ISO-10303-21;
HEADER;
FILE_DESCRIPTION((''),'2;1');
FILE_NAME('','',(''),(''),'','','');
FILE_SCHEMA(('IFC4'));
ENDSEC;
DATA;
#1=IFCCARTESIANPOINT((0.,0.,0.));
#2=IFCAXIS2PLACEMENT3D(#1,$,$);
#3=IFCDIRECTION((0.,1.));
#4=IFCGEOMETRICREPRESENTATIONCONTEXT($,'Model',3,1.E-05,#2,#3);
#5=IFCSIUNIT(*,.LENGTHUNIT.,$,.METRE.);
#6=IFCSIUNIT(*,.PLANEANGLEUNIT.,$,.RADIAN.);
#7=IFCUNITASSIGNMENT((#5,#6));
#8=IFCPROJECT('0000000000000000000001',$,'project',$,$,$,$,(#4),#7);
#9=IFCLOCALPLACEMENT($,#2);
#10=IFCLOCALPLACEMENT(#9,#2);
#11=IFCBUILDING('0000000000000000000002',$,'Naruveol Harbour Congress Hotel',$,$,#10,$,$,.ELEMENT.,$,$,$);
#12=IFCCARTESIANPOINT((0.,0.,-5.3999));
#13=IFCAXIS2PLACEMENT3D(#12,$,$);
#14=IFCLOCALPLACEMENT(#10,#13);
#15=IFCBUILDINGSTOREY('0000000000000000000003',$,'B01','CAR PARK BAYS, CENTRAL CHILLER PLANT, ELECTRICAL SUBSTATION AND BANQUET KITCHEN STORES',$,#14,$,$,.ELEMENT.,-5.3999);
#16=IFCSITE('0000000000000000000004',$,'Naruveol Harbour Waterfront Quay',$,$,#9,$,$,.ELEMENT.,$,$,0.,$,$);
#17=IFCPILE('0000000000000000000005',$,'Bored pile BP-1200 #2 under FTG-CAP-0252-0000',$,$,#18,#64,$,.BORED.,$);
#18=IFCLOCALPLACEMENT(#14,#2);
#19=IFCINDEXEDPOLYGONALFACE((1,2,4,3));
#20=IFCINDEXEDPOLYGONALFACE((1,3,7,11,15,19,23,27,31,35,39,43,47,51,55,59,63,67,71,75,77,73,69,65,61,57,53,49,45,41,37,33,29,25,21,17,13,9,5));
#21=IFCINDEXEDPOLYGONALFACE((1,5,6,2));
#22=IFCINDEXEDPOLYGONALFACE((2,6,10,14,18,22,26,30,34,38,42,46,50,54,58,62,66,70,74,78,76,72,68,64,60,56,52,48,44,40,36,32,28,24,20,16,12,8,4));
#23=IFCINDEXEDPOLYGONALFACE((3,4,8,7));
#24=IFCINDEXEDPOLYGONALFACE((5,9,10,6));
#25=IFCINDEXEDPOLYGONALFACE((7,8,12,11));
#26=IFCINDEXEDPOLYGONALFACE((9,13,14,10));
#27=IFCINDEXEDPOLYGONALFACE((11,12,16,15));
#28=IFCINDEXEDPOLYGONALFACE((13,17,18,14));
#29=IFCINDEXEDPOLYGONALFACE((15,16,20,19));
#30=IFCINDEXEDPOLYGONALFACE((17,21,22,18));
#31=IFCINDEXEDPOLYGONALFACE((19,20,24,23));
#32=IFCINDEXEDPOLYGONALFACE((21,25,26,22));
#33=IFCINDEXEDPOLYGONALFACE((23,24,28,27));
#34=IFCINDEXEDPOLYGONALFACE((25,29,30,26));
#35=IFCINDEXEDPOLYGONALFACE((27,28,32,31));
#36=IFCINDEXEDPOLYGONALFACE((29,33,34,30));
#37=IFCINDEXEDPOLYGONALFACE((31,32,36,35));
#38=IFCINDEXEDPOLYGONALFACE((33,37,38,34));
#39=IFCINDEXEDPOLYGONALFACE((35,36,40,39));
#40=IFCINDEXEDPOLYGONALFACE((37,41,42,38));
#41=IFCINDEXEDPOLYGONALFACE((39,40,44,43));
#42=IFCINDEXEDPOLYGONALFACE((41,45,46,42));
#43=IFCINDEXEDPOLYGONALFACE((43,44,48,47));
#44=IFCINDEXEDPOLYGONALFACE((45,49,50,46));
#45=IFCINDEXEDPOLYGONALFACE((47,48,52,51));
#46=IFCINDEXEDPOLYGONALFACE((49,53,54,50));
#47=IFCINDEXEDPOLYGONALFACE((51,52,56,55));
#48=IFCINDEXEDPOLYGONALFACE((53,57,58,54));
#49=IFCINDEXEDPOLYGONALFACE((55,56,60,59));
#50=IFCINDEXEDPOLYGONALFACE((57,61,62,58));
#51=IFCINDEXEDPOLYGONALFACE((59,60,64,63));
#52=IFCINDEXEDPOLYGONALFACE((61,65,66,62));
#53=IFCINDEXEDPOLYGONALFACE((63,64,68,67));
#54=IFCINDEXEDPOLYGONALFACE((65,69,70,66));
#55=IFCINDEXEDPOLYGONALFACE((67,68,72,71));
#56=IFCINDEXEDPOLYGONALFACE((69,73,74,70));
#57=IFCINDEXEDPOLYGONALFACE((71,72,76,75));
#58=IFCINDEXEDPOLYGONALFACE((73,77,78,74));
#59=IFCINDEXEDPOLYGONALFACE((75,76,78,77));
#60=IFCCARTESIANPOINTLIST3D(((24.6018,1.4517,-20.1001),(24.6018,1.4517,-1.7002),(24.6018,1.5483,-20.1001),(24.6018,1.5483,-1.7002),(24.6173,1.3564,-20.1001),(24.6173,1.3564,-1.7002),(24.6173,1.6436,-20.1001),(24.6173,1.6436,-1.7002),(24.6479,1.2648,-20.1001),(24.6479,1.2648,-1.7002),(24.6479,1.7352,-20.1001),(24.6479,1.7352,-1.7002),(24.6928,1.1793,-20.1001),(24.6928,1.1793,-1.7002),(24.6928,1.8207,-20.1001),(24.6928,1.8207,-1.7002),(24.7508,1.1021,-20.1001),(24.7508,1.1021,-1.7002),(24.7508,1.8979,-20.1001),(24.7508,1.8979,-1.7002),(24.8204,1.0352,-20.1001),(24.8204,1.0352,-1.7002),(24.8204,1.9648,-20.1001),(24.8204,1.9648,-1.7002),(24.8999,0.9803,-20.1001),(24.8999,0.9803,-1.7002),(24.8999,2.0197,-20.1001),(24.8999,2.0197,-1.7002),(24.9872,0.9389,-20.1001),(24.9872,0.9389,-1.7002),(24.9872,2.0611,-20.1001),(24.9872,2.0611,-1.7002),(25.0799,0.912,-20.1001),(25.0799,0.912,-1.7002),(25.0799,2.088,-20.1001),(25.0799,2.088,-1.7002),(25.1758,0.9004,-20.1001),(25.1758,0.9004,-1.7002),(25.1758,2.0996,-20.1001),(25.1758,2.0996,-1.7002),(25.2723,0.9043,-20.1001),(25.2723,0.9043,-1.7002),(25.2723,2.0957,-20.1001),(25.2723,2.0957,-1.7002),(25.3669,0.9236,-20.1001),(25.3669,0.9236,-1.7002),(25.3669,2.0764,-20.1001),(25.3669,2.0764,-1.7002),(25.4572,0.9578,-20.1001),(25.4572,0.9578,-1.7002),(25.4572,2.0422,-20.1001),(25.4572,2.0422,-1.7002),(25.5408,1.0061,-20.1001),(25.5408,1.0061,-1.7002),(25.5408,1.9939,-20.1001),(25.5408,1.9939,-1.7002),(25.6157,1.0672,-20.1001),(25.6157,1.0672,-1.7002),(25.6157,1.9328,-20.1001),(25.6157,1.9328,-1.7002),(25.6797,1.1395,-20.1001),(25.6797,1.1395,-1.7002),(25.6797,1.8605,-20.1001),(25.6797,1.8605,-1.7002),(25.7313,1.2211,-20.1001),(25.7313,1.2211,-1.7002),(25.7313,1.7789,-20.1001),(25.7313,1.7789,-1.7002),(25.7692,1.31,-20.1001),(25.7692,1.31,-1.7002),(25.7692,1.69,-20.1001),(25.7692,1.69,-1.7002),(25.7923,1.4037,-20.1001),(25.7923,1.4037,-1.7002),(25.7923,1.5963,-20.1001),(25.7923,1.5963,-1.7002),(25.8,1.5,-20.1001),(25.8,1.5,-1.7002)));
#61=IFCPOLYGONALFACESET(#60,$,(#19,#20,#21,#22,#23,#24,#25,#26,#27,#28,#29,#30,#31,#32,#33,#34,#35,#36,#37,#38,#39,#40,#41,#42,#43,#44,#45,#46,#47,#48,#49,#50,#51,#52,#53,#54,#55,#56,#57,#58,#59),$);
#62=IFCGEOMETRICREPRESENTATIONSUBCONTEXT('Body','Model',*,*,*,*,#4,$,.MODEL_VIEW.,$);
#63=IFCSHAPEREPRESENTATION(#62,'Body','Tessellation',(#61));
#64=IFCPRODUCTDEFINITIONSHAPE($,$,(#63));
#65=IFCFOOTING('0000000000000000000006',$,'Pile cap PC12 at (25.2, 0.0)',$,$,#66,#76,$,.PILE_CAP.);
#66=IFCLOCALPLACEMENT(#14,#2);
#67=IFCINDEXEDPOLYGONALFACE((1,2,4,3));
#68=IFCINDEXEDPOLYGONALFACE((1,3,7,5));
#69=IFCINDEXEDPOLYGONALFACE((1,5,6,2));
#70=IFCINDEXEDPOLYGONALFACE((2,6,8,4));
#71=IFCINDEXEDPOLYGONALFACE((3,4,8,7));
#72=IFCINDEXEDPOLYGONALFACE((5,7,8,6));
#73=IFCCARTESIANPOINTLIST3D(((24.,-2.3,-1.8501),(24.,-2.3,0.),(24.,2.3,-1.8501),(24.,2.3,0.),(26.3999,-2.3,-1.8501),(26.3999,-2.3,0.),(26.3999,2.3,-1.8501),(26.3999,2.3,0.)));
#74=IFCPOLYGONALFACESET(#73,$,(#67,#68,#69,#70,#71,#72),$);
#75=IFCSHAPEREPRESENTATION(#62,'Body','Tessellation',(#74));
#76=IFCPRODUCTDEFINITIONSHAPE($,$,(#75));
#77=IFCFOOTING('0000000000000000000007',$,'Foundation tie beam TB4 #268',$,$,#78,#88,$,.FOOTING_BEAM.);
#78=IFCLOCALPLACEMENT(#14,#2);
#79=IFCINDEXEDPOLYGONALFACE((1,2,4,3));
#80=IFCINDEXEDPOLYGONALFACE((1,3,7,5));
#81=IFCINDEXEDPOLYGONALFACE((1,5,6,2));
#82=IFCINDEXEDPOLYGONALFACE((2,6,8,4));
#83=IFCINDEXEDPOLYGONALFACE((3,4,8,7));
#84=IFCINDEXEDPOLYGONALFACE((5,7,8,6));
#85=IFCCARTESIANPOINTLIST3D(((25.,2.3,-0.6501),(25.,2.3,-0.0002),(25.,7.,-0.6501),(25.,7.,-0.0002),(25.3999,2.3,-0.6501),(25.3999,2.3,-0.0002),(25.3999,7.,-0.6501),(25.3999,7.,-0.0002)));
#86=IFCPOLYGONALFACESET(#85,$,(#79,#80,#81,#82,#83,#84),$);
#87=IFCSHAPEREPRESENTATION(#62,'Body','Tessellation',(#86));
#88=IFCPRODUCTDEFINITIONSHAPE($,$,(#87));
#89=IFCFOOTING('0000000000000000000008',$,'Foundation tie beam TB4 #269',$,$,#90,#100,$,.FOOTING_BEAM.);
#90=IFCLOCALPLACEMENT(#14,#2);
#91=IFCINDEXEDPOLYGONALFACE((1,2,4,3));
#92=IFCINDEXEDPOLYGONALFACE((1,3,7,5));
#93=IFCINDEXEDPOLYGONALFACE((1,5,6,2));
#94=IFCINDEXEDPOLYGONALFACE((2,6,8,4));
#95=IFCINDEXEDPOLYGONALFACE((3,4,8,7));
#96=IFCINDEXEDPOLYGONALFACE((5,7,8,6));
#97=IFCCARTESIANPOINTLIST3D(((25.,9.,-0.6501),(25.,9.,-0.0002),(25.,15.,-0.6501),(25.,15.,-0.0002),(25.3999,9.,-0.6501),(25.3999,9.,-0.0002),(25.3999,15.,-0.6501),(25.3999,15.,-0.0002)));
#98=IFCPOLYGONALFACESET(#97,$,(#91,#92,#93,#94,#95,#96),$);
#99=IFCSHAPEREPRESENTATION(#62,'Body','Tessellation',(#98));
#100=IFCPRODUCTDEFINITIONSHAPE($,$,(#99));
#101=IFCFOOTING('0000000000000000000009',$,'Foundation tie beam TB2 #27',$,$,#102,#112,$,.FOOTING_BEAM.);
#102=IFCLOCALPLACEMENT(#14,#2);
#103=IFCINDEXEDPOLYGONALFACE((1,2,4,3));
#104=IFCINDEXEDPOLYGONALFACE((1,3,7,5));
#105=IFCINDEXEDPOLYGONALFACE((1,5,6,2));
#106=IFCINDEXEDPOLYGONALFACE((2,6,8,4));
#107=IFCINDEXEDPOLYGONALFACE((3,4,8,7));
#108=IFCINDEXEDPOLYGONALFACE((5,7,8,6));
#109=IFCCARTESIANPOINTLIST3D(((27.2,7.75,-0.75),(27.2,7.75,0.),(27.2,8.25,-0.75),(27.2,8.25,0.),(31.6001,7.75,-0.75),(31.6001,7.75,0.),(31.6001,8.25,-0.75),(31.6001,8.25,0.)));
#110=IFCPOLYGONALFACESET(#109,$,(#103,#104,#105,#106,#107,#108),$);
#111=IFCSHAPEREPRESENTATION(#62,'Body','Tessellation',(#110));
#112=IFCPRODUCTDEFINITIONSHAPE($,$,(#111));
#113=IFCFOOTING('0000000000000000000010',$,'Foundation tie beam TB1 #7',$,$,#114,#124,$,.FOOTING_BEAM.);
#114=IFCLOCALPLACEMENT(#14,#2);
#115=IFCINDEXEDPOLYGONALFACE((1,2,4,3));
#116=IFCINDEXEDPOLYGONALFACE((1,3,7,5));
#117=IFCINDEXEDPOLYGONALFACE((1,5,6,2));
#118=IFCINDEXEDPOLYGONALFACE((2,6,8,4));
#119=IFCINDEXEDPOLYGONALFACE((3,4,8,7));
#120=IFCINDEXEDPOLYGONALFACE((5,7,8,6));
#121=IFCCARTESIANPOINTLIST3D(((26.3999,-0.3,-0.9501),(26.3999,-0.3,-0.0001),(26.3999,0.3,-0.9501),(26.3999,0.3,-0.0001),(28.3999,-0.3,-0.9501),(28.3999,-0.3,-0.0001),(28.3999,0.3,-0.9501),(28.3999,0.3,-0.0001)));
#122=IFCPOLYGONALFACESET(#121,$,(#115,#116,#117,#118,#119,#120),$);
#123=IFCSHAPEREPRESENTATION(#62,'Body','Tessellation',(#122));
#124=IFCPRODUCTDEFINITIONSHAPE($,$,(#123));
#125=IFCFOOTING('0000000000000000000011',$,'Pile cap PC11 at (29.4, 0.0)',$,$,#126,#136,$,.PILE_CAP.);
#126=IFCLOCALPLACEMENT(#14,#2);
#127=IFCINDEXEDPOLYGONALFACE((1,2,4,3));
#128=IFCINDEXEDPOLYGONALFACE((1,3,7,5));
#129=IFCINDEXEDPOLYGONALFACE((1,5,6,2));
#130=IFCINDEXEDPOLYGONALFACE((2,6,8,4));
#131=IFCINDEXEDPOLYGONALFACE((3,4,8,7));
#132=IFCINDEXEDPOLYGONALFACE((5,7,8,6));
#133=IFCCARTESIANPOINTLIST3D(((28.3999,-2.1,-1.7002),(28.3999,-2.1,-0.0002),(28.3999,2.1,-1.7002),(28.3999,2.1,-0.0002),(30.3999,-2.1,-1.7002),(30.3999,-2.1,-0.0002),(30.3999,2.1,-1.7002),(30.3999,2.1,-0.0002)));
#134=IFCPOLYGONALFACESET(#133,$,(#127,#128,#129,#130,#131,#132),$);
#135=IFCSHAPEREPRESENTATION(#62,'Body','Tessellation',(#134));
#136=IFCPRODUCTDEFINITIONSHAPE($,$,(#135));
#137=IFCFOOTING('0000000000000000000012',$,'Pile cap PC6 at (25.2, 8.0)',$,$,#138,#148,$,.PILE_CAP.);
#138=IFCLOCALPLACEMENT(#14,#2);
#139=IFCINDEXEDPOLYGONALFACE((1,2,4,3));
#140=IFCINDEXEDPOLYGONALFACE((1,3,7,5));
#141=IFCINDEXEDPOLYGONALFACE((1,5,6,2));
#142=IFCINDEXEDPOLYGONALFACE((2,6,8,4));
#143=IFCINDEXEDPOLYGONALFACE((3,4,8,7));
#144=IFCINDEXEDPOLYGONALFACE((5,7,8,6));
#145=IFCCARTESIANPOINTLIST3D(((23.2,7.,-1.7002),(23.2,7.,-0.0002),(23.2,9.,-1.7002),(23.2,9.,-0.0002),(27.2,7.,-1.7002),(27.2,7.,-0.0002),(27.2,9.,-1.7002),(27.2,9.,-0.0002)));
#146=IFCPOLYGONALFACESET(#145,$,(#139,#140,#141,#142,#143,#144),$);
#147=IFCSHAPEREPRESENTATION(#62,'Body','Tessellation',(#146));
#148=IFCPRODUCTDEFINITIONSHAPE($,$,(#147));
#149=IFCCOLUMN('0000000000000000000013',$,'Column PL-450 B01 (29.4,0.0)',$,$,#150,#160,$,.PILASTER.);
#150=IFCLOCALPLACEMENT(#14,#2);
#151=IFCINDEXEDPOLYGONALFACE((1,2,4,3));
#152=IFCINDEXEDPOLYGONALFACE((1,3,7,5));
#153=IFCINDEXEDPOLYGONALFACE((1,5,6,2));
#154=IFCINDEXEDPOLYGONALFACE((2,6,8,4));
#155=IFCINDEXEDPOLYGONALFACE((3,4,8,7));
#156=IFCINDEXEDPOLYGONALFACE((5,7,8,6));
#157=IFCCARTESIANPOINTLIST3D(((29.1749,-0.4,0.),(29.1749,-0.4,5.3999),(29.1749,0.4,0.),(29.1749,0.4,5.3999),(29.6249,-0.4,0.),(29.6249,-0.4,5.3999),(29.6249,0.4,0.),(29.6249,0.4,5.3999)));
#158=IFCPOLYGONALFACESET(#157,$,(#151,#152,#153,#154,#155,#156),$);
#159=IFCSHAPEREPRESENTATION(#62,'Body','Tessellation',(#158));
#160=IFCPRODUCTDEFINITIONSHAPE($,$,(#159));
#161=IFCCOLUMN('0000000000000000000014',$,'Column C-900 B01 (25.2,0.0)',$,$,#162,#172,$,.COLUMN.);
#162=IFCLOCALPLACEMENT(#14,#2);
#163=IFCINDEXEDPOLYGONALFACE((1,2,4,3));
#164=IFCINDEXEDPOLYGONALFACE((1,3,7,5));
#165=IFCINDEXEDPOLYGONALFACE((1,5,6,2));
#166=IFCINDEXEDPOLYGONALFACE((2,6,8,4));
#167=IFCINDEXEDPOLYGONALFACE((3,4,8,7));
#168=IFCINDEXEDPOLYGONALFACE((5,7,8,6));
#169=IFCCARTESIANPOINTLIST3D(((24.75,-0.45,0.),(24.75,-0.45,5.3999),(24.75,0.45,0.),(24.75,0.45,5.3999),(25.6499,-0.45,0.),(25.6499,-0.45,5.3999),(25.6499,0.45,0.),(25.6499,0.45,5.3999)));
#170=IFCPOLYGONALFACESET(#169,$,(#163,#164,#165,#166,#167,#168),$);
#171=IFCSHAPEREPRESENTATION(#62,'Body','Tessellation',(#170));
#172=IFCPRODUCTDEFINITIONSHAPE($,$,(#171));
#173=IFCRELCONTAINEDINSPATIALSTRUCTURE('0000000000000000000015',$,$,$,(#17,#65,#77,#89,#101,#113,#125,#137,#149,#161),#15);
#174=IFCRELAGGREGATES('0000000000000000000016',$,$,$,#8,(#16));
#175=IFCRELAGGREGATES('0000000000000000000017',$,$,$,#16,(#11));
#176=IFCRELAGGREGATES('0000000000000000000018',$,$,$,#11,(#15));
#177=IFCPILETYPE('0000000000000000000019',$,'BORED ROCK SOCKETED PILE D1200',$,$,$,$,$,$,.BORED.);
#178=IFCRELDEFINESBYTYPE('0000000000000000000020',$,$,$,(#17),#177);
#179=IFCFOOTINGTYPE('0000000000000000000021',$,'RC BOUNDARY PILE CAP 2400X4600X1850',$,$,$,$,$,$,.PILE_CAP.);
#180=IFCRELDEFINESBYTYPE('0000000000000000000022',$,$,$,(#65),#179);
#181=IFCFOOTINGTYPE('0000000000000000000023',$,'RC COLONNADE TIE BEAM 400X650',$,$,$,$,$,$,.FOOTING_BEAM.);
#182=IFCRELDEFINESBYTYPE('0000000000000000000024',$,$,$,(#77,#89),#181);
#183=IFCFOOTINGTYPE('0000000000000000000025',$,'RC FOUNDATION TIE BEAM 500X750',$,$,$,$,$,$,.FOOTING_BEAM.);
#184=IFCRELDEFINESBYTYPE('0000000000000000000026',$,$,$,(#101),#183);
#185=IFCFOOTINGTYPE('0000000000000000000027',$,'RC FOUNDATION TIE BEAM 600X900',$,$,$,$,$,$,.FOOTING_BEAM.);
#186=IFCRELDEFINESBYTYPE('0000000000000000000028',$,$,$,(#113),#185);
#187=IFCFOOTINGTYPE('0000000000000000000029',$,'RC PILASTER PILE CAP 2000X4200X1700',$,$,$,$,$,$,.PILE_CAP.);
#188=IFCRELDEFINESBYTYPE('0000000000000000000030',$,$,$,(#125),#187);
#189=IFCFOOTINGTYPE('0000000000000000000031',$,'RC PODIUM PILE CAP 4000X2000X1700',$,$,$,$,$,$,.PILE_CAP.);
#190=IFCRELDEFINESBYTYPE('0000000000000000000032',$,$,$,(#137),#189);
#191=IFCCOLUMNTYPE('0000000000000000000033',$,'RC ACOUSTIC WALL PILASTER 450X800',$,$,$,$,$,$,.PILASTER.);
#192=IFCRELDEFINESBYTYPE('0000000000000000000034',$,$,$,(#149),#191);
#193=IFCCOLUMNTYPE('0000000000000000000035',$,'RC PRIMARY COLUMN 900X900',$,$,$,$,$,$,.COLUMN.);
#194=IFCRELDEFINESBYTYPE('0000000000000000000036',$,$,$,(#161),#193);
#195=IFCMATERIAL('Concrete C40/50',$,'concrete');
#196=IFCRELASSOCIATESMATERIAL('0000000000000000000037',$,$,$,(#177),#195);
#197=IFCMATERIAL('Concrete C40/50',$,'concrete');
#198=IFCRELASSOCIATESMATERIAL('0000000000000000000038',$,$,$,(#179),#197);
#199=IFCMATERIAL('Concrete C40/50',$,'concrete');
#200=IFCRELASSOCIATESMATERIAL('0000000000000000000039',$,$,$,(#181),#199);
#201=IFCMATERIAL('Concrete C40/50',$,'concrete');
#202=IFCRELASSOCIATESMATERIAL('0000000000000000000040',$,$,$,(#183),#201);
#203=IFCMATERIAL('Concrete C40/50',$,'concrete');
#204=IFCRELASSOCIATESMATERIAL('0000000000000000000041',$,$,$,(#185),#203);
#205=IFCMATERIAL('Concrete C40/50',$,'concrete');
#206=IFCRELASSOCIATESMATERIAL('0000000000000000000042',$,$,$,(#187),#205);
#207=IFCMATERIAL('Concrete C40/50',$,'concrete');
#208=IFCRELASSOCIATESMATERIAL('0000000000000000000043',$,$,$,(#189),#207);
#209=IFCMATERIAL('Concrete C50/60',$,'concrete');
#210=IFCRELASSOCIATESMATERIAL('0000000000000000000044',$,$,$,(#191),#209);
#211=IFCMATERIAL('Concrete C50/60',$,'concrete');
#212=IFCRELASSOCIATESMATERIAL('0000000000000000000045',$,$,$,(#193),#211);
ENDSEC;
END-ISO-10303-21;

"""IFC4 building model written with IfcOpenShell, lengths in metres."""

from ifc_helpers import new_model, si_unit, direction, frame, origin, origin_2d, place, context, subcontext, project, spatial, rectangle, circle, extrude, material, material_profile, profile_set, type_object, element, save


model = new_model("IFC4")

# Units and contexts
model_context = context("Model", 3, precision=1e-05, world=origin(), true_north=direction((0.0, 1.0)))
body_context = subcontext(model_context, "Body", "Model", "MODEL_VIEW")
ifc_project = project(units=[si_unit("LENGTHUNIT", "METRE"), si_unit("PLANEANGLEUNIT", "RADIAN")], contexts=[model_context])

# Site, building, storey
site_placement = place(None, origin())
site = spatial("IfcSite", under=ifc_project, at=site_placement, Name="Naruveol Harbour Waterfront Quay", CompositionType="ELEMENT", RefElevation=0.0)
building_placement = place(site_placement, origin())
building = spatial("IfcBuilding", under=site, at=building_placement, Name="Naruveol Harbour Congress Hotel", CompositionType="ELEMENT")
storey_placement = place(building_placement, frame((0.0, 0.0, -5.3999)))
storey = spatial("IfcBuildingStorey", under=building, at=storey_placement, Name="B01", Description="CAR PARK BAYS, CENTRAL CHILLER PLANT, ELECTRICAL SUBSTATION AND BANQUET KITCHEN STORES", CompositionType="ELEMENT", Elevation=-5.3999)

# Pile
ifc_material_1 = material(Name="Concrete C40/50", Category="concrete")
ifc_material_profile_1 = material_profile(ifc_material_1, circle(Radius=0.6001, at=origin_2d()), Name="BP-1200")
ifc_profile_set_1 = profile_set([ifc_material_profile_1], Name="Concrete C40/50")
pile_type_1 = type_object("IfcPileType", Name="BORED ROCK SOCKETED PILE D1200", PredefinedType="BORED", material=ifc_profile_set_1)
for number, where, z_axis, x_axis, name in (
    (1, (25.2, 1.5, -1.7002), (0.0, 0.0, -1.0), (1.0, 0.0, 0.0), "Bored pile BP-1200 #2 under FTG-CAP-0252-0000"),
):
    element("IfcPile", number, at=place(storey_placement, frame(where, z_axis=z_axis, x_axis=x_axis)), inside=storey, type_object=pile_type_1, Name=name, PredefinedType="BORED", context=body_context, shape_type="SweptSolid", body=[
        extrude(circle(Radius=0.6001, at=origin_2d()), origin(), (0.0, 0.0, 1.0), 18.3999),
    ])

# Footings
ifc_material_2 = material(Name="Concrete C40/50", Category="concrete")
footing_type_1 = type_object("IfcFootingType", Name="RC BOUNDARY PILE CAP 2400X4600X1850", PredefinedType="PILE_CAP", material=ifc_material_2)
footing_1_placement = place(storey_placement, frame((25.2, 0.0, -1.8501), z_axis=(0.0, 0.0, 1.0), x_axis=(1.0, 0.0, 0.0)))
element("IfcFooting", 2, at=footing_1_placement, inside=storey, type_object=footing_type_1, Name="Pile cap PC12 at (25.2, 0.0)", PredefinedType="PILE_CAP", context=body_context, shape_type="SweptSolid", body=[
    extrude(rectangle(XDim=2.3999, YDim=4.6001, at=origin_2d()), origin(), (0.0, 0.0, 1.0), 1.8501),
])
ifc_material_3 = material(Name="Concrete C40/50", Category="concrete")
ifc_material_profile_2 = material_profile(ifc_material_3, rectangle(XDim=0.3999, YDim=0.6499, at=origin_2d()), Name="RCB-400x650")
ifc_profile_set_2 = profile_set([ifc_material_profile_2], Name="Concrete C40/50")
footing_type_2 = type_object("IfcFootingType", Name="RC COLONNADE TIE BEAM 400X650", PredefinedType="FOOTING_BEAM", material=ifc_profile_set_2)
footing_2_placement = place(storey_placement, frame((25.2, 2.3, -0.3252), z_axis=(0.0, 1.0, 0.0), x_axis=(-1.0, 0.0, 0.0)))
element("IfcFooting", 3, at=footing_2_placement, inside=storey, type_object=footing_type_2, Name="Foundation tie beam TB4 #268", PredefinedType="FOOTING_BEAM", context=body_context, shape_type="SweptSolid", body=[
    extrude(rectangle(XDim=0.3999, YDim=0.6499, at=origin_2d()), origin(), (0.0, 0.0, 1.0), 4.7),
])
footing_3_placement = place(storey_placement, frame((25.2, 9.0, -0.3252), z_axis=(0.0, 1.0, 0.0), x_axis=(-1.0, 0.0, 0.0)))
element("IfcFooting", 4, at=footing_3_placement, inside=storey, type_object=footing_type_2, Name="Foundation tie beam TB4 #269", PredefinedType="FOOTING_BEAM", context=body_context, shape_type="SweptSolid", body=[
    extrude(rectangle(XDim=0.3999, YDim=0.6499, at=origin_2d()), origin(), (0.0, 0.0, 1.0), 6.0),
])
ifc_material_4 = material(Name="Concrete C40/50", Category="concrete")
ifc_material_profile_3 = material_profile(ifc_material_4, rectangle(XDim=0.5, YDim=0.75, at=origin_2d()), Name="RCB-500x750")
ifc_profile_set_3 = profile_set([ifc_material_profile_3], Name="Concrete C40/50")
footing_type_3 = type_object("IfcFootingType", Name="RC FOUNDATION TIE BEAM 500X750", PredefinedType="FOOTING_BEAM", material=ifc_profile_set_3)
footing_4_placement = place(storey_placement, frame((27.2, 8.0, -0.375), z_axis=(1.0, 0.0, 0.0), x_axis=(0.0, 1.0, 0.0)))
element("IfcFooting", 5, at=footing_4_placement, inside=storey, type_object=footing_type_3, Name="Foundation tie beam TB2 #27", PredefinedType="FOOTING_BEAM", context=body_context, shape_type="SweptSolid", body=[
    extrude(rectangle(XDim=0.5, YDim=0.75, at=origin_2d()), origin(), (0.0, 0.0, 1.0), 4.4001),
])
ifc_material_5 = material(Name="Concrete C40/50", Category="concrete")
ifc_material_profile_4 = material_profile(ifc_material_5, rectangle(XDim=0.6001, YDim=0.95, at=origin_2d()), Name="RCB-600x950")
ifc_profile_set_4 = profile_set([ifc_material_profile_4], Name="Concrete C40/50")
footing_type_4 = type_object("IfcFootingType", Name="RC FOUNDATION TIE BEAM 600X900", PredefinedType="FOOTING_BEAM", material=ifc_profile_set_4)
footing_5_placement = place(storey_placement, frame((26.3999, 0.0, -0.4751), z_axis=(1.0, 0.0, 0.0), x_axis=(0.0, 1.0, 0.0)))
element("IfcFooting", 6, at=footing_5_placement, inside=storey, type_object=footing_type_4, Name="Foundation tie beam TB1 #7", PredefinedType="FOOTING_BEAM", context=body_context, shape_type="SweptSolid", body=[
    extrude(rectangle(XDim=0.6001, YDim=0.95, at=origin_2d()), origin(), (0.0, 0.0, 1.0), 2.0),
])
ifc_material_6 = material(Name="Concrete C40/50", Category="concrete")
footing_type_5 = type_object("IfcFootingType", Name="RC PILASTER PILE CAP 2000X4200X1700", PredefinedType="PILE_CAP", material=ifc_material_6)
footing_6_placement = place(storey_placement, frame((29.3999, 0.0, -1.7002), z_axis=(0.0, 0.0, 1.0), x_axis=(1.0, 0.0, 0.0)))
element("IfcFooting", 7, at=footing_6_placement, inside=storey, type_object=footing_type_5, Name="Pile cap PC11 at (29.4, 0.0)", PredefinedType="PILE_CAP", context=body_context, shape_type="SweptSolid", body=[
    extrude(rectangle(XDim=2.0, YDim=4.2, at=origin_2d()), origin(), (0.0, 0.0, 1.0), 1.7),
])
ifc_material_7 = material(Name="Concrete C40/50", Category="concrete")
footing_type_6 = type_object("IfcFootingType", Name="RC PODIUM PILE CAP 4000X2000X1700", PredefinedType="PILE_CAP", material=ifc_material_7)
footing_7_placement = place(storey_placement, frame((25.2, 8.0, -1.7002), z_axis=(0.0, 0.0, 1.0), x_axis=(1.0, 0.0, 0.0)))
element("IfcFooting", 8, at=footing_7_placement, inside=storey, type_object=footing_type_6, Name="Pile cap PC6 at (25.2, 8.0)", PredefinedType="PILE_CAP", context=body_context, shape_type="SweptSolid", body=[
    extrude(rectangle(XDim=4.0, YDim=2.0, at=origin_2d()), origin(), (0.0, 0.0, 1.0), 1.7),
])

# Columns
ifc_material_8 = material(Name="Concrete C50/60", Category="concrete")
ifc_material_profile_5 = material_profile(ifc_material_8, rectangle(XDim=0.45, YDim=0.8, at=origin_2d()), Name="RC-450x800")
ifc_profile_set_5 = profile_set([ifc_material_profile_5], Name="Concrete C50/60")
column_type_1 = type_object("IfcColumnType", Name="RC ACOUSTIC WALL PILASTER 450X800", PredefinedType="PILASTER", material=ifc_profile_set_5)
column_placement = place(storey_placement, frame((29.3999, 0.0, 0.0), z_axis=(0.0, 0.0, 1.0), x_axis=(1.0, 0.0, 0.0)))
element("IfcColumn", 9, at=column_placement, inside=storey, type_object=column_type_1, Name="Column PL-450 B01 (29.4,0.0)", PredefinedType="PILASTER", context=body_context, shape_type="SweptSolid", body=[
    extrude(rectangle(XDim=0.45, YDim=0.8, at=origin_2d()), origin(), (0.0, 0.0, 1.0), 5.3999),
])
ifc_material_9 = material(Name="Concrete C50/60", Category="concrete")
ifc_material_profile_6 = material_profile(ifc_material_9, rectangle(XDim=0.8999, YDim=0.8999, at=origin_2d()), Name="RC-900x900")
ifc_profile_set_6 = profile_set([ifc_material_profile_6], Name="Concrete C50/60")
column_type_2 = type_object("IfcColumnType", Name="RC PRIMARY COLUMN 900X900", PredefinedType="COLUMN", material=ifc_profile_set_6)
for number, where, z_axis, x_axis, name in (
    (10, (25.2, 0.0, 0.0), (0.0, 0.0, 1.0), (1.0, 0.0, 0.0), "Column C-900 B01 (25.2,0.0)"),
):
    element("IfcColumn", number, at=place(storey_placement, frame(where, z_axis=z_axis, x_axis=x_axis)), inside=storey, type_object=column_type_2, Name=name, PredefinedType="COLUMN", context=body_context, shape_type="SweptSolid", body=[
        extrude(rectangle(XDim=0.8999, YDim=0.8999, at=origin_2d()), origin(), (0.0, 0.0, 1.0), 5.3999),
    ])

save(model, "model.ifc")
